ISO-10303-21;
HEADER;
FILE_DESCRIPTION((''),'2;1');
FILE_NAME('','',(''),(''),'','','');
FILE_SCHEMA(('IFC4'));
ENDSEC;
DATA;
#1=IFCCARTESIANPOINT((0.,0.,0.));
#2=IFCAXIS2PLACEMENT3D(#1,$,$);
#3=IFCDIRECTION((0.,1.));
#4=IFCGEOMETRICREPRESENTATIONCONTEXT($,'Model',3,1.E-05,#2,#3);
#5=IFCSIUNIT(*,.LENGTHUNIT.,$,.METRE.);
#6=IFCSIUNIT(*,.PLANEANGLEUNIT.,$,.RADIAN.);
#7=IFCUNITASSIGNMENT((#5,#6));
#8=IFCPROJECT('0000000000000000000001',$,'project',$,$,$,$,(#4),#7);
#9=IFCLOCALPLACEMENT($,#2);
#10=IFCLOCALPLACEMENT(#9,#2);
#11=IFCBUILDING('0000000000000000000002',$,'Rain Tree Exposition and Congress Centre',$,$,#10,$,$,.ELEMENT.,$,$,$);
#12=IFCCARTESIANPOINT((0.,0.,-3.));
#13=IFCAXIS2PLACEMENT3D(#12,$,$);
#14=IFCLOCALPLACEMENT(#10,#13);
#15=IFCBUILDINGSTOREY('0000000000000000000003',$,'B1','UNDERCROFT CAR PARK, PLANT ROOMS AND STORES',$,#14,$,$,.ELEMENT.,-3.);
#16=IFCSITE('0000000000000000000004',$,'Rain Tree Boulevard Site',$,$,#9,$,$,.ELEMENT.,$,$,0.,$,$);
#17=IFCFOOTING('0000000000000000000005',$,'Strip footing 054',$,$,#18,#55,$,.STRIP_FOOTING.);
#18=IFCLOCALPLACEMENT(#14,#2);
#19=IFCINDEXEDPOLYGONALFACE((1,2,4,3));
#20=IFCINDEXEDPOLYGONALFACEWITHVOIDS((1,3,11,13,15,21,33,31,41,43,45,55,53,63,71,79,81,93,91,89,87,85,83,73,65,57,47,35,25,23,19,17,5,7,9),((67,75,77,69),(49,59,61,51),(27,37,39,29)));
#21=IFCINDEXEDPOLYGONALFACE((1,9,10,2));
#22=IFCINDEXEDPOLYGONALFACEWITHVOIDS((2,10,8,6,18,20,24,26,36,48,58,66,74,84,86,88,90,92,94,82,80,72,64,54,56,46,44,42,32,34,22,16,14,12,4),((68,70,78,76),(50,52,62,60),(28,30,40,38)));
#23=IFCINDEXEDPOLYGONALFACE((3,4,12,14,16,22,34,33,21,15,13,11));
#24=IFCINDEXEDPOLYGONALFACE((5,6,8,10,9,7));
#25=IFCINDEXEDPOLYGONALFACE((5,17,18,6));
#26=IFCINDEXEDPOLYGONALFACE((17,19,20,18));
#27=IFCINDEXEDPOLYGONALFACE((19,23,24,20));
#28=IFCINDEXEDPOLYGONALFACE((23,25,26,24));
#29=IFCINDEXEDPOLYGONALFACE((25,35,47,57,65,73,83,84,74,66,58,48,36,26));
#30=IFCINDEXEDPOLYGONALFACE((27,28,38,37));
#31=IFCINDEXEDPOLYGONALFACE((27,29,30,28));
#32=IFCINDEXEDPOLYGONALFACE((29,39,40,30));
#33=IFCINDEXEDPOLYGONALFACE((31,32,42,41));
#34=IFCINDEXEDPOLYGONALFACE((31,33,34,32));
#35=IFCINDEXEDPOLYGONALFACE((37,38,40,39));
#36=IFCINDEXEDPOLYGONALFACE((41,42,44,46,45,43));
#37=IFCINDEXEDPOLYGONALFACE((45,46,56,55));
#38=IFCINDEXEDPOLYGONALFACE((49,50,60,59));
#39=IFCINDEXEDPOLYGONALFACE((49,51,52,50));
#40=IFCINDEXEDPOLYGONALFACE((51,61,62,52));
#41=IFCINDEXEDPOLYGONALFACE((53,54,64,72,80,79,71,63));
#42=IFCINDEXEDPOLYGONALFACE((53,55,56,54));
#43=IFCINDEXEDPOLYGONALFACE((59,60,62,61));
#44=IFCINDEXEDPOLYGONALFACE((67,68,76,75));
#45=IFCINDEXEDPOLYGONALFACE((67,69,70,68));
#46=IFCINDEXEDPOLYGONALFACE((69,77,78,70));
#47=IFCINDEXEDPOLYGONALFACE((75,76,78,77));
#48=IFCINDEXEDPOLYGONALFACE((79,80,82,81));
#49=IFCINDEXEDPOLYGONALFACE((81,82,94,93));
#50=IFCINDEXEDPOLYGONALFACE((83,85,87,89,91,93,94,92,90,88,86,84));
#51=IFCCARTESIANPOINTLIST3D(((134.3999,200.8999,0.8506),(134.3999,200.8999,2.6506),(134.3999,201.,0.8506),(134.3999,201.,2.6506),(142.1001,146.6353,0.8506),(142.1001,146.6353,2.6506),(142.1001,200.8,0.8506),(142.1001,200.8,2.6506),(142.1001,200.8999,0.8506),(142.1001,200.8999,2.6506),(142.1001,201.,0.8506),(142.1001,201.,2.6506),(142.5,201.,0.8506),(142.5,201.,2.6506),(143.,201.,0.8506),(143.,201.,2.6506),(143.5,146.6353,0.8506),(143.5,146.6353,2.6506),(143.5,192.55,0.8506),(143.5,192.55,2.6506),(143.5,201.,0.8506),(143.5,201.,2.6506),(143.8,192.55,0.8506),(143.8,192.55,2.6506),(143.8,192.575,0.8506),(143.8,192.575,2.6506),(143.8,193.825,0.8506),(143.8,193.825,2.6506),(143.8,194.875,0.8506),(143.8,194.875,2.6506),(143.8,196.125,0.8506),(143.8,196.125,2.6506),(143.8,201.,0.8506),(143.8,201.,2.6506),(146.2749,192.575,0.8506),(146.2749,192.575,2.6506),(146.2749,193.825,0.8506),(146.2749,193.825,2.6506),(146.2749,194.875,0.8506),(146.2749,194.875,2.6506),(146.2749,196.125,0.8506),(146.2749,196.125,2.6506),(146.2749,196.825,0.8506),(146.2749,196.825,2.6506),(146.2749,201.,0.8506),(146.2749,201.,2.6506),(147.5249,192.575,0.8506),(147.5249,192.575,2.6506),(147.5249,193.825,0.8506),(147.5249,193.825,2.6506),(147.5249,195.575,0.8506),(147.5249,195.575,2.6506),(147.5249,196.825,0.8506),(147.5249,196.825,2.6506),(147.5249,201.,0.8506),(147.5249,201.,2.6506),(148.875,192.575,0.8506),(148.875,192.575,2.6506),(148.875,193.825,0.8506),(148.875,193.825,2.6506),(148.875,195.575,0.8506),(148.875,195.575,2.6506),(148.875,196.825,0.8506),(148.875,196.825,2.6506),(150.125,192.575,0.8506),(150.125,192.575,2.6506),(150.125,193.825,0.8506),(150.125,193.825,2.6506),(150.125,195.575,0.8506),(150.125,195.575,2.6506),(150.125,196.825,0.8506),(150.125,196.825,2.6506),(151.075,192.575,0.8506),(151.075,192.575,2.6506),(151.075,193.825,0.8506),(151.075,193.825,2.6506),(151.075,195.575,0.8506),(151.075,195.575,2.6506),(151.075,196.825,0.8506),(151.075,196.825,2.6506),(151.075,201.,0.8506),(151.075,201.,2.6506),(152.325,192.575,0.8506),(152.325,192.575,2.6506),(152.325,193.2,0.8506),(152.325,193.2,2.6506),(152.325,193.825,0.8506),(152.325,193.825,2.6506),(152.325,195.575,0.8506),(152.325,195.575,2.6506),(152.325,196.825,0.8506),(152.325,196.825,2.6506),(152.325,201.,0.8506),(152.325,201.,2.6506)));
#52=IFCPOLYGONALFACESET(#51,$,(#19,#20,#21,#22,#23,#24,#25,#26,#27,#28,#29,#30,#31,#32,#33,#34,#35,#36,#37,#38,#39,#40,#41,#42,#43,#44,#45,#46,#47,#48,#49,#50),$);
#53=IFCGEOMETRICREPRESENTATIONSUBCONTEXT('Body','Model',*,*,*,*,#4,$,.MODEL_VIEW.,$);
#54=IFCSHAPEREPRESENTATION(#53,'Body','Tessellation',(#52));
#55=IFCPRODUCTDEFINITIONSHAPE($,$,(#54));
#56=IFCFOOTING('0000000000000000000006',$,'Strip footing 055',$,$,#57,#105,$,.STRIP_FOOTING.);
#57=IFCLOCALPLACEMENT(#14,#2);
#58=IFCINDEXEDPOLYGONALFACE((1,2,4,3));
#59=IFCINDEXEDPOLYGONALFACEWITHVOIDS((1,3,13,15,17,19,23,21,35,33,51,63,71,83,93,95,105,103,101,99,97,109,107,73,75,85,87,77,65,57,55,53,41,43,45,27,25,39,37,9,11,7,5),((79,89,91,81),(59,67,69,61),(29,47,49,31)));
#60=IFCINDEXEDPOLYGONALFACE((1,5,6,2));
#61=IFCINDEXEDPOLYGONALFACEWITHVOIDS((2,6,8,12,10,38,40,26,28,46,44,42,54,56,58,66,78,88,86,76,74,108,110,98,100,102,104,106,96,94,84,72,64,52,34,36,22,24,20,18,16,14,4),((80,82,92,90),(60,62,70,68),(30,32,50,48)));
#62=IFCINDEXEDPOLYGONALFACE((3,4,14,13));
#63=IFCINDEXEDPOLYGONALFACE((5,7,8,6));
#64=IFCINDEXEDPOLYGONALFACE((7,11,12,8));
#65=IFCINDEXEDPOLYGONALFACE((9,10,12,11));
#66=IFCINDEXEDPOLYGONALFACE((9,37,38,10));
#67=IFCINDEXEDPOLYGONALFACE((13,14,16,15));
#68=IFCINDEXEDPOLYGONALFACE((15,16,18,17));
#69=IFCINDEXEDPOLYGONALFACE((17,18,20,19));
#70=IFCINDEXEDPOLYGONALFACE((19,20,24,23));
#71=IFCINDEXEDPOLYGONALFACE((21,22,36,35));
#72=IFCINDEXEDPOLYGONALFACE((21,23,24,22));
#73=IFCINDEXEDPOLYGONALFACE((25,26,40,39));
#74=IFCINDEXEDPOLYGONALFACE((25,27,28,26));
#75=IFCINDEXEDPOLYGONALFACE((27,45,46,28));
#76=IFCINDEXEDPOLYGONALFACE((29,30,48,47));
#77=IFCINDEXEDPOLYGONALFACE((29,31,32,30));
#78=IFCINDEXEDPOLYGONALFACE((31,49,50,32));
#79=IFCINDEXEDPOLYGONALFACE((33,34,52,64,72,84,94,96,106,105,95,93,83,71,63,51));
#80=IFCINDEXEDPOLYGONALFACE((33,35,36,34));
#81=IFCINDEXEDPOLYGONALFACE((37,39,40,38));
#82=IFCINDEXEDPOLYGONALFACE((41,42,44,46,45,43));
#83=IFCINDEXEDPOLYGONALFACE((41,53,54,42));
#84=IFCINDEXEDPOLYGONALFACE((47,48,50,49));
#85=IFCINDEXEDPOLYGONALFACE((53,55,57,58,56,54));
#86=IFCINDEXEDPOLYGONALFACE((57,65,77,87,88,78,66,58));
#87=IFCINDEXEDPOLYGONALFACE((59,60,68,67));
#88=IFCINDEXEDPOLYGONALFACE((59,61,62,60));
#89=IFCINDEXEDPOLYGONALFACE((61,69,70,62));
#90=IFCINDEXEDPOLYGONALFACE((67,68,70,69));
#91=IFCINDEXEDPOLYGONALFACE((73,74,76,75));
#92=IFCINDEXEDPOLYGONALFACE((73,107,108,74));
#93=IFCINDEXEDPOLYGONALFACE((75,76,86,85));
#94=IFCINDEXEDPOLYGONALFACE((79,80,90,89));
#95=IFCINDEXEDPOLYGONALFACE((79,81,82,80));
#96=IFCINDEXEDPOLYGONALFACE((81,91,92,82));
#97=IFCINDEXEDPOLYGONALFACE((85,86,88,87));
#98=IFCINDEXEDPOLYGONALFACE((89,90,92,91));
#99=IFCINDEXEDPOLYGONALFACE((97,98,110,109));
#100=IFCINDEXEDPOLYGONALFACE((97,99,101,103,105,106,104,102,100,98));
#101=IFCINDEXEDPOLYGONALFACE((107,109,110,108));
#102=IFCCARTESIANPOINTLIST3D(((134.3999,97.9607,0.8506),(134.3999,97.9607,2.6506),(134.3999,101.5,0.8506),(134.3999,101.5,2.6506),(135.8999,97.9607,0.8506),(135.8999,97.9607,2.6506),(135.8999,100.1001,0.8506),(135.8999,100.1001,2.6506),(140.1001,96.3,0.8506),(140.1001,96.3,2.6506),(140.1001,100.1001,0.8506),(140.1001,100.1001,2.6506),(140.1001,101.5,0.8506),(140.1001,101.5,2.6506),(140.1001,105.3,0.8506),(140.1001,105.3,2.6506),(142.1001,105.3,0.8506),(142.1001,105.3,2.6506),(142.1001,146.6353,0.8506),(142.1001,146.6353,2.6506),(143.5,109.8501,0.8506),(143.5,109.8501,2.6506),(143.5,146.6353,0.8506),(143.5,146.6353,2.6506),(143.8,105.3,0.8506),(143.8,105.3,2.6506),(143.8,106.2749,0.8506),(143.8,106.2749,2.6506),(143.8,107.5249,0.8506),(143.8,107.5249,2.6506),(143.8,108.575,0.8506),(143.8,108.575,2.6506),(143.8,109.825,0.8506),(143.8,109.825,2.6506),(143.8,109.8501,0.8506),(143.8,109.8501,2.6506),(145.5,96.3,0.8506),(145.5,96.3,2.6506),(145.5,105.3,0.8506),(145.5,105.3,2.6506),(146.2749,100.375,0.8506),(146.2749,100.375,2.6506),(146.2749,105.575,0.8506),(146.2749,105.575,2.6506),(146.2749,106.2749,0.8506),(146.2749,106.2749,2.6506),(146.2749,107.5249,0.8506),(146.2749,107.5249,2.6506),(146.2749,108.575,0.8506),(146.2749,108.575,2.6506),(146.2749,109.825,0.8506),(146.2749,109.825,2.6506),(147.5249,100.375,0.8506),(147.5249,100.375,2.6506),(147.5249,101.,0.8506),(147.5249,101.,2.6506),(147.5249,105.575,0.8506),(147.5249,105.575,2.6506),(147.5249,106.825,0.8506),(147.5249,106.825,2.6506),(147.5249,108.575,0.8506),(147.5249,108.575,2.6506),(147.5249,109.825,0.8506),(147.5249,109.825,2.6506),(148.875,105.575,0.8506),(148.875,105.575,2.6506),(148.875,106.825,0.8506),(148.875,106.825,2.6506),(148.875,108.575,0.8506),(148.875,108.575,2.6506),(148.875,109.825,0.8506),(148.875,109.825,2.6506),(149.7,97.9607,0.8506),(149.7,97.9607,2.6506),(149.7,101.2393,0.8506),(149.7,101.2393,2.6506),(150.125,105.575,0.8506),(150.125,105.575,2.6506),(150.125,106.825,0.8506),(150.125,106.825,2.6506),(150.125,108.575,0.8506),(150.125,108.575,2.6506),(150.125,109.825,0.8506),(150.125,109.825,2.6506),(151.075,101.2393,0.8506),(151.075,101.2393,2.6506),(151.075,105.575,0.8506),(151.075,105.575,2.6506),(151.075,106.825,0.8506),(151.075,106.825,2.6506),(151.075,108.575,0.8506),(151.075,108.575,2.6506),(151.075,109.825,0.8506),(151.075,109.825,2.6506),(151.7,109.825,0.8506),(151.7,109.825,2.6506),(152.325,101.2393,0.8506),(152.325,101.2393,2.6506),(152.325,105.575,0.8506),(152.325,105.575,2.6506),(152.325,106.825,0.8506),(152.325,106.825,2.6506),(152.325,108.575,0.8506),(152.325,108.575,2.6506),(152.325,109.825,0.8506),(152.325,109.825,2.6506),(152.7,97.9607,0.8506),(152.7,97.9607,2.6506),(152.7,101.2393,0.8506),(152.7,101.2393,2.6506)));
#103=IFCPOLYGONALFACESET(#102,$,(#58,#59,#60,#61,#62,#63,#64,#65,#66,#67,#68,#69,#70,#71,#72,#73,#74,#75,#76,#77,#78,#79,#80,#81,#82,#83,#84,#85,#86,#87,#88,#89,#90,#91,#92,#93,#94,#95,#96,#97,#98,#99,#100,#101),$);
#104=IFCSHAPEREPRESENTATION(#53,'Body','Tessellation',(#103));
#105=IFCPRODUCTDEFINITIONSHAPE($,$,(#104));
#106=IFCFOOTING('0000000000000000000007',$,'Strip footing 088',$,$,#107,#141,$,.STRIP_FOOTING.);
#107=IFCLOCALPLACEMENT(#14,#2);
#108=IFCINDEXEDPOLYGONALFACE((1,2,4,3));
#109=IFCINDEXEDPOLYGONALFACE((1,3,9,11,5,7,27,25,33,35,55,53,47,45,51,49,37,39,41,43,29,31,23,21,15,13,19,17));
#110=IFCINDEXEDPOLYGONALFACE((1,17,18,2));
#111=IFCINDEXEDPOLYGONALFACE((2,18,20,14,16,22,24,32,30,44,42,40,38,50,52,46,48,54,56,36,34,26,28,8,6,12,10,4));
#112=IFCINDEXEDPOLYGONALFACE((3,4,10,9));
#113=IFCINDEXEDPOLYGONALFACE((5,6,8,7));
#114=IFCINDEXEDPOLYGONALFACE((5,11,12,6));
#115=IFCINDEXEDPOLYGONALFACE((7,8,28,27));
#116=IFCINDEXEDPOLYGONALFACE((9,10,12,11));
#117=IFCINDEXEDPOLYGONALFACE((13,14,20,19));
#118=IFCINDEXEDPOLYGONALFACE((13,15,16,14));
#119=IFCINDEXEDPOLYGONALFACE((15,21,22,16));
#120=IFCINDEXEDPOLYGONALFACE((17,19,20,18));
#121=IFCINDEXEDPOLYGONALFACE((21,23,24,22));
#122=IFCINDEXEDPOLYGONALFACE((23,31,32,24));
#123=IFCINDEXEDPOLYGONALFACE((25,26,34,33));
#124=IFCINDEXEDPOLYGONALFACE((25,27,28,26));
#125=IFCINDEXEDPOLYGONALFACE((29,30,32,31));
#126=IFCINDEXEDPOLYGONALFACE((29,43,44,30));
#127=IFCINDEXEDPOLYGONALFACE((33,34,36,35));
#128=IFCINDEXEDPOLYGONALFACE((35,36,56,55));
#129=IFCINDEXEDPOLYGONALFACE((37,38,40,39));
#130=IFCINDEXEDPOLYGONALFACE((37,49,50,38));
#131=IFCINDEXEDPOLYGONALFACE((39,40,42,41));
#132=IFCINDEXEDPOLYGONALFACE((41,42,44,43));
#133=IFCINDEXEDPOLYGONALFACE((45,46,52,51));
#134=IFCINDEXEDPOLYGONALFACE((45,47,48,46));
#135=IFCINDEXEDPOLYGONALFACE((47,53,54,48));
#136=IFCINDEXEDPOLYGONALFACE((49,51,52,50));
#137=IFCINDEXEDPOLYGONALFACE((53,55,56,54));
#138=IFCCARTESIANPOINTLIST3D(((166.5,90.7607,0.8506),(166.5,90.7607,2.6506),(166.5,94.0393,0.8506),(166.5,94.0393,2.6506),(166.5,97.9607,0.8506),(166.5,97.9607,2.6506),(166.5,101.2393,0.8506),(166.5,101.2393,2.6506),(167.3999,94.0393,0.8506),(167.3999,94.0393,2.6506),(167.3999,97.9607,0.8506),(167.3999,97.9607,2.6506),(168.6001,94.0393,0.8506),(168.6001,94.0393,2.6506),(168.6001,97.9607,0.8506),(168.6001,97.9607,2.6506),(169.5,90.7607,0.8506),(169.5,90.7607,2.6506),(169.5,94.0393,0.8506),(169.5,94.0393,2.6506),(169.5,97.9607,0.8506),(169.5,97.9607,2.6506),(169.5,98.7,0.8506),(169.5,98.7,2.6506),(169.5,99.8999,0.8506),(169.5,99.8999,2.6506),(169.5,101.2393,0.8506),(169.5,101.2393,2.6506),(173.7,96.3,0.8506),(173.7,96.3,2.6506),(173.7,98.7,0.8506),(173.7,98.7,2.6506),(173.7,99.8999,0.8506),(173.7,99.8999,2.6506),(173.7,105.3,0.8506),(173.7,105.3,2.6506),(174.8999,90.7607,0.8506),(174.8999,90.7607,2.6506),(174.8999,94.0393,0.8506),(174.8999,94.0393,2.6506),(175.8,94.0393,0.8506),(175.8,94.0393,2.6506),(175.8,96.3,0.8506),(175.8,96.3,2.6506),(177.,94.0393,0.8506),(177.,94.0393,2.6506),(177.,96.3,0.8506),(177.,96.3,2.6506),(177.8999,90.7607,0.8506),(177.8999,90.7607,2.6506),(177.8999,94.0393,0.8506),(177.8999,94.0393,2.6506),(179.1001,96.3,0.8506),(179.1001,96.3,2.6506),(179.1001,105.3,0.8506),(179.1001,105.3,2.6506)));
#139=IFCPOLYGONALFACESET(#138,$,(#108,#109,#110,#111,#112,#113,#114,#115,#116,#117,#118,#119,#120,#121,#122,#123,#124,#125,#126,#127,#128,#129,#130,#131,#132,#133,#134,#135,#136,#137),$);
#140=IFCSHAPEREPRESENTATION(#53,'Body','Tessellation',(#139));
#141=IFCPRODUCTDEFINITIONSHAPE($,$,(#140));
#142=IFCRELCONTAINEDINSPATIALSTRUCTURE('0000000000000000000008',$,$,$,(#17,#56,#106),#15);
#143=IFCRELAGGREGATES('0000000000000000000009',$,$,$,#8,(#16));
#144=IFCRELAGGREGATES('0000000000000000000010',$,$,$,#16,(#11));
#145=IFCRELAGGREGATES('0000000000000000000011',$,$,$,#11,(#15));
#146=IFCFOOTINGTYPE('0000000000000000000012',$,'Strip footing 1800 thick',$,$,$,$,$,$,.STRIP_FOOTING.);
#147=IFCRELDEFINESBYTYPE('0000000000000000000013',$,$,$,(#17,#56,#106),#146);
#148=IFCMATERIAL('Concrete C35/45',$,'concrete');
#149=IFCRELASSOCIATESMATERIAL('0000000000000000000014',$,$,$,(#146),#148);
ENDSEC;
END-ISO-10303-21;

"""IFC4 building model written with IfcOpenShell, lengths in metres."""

from ifc_helpers import new_model, si_unit, direction, frame, origin, place, context, subcontext, project, spatial, polyline, outline, extrude, material, type_object, element, save


model = new_model("IFC4")

# Units and contexts
model_context = context("Model", 3, precision=1e-05, world=origin(), true_north=direction((0.0, 1.0)))
body_context = subcontext(model_context, "Body", "Model", "MODEL_VIEW")
ifc_project = project(units=[si_unit("LENGTHUNIT", "METRE"), si_unit("PLANEANGLEUNIT", "RADIAN")], contexts=[model_context])

# Site, building, storey
site_placement = place(None, origin())
site = spatial("IfcSite", under=ifc_project, at=site_placement, Name="Rain Tree Boulevard Site", CompositionType="ELEMENT", RefElevation=0.0)
building_placement = place(site_placement, origin())
building = spatial("IfcBuilding", under=site, at=building_placement, Name="Rain Tree Exposition and Congress Centre", CompositionType="ELEMENT")
storey_placement = place(building_placement, frame((0.0, 0.0, -3.0)))
storey = spatial("IfcBuildingStorey", under=building, at=storey_placement, Name="B1", Description="UNDERCROFT CAR PARK, PLANT ROOMS AND STORES", CompositionType="ELEMENT", Elevation=-3.0)

# Footings
ifc_material_1 = material(Name="Concrete C35/45", Category="concrete")
footing_type_1 = type_object("IfcFootingType", Name="Strip footing 1800 thick", PredefinedType="STRIP_FOOTING", material=ifc_material_1)
footing_1_placement = place(storey_placement, frame((0.0, 0.0, 0.8506)))
element("IfcFooting", 1, at=footing_1_placement, inside=storey, type_object=footing_type_1, Name="Strip footing 054", PredefinedType="STRIP_FOOTING", context=body_context, shape_type="SweptSolid", body=[
    extrude(outline(polyline([(142.1001, 201.0), (134.3999, 201.0), (134.3999, 200.8999), (142.1001, 200.8999), (142.1001, 200.8), (142.1001, 146.6353), (143.5, 146.6353), (143.5, 192.55), (143.8, 192.55), (143.8, 192.575), (146.2749, 192.575), (147.5249, 192.575), (148.875, 192.575), (150.125, 192.575), (151.075, 192.575), (152.325, 192.575), (152.325, 193.2), (152.325, 193.825), (152.325, 195.575), (152.325, 196.825), (152.325, 201.0), (151.075, 201.0), (151.075, 196.825), (150.125, 196.825), (148.875, 196.825), (147.5249, 196.825), (147.5249, 201.0), (146.2749, 201.0), (146.2749, 196.825), (146.2749, 196.125), (143.8, 196.125), (143.8, 201.0), (143.5, 201.0), (143.0, 201.0), (142.5, 201.0), (142.1001, 201.0)]), holes=[polyline([(143.8, 193.825), (146.2749, 193.825), (146.2749, 194.875), (143.8, 194.875), (143.8, 193.825)]), polyline([(147.5249, 193.825), (148.875, 193.825), (148.875, 195.575), (147.5249, 195.575), (147.5249, 193.825)]), polyline([(150.125, 195.575), (150.125, 193.825), (151.075, 193.825), (151.075, 195.575), (150.125, 195.575)])]), origin(), (0.0, 0.0, 1.0), 1.8),
])
footing_2_placement = place(storey_placement, frame((0.0, 0.0, 0.8506)))
element("IfcFooting", 2, at=footing_2_placement, inside=storey, type_object=footing_type_1, Name="Strip footing 055", PredefinedType="STRIP_FOOTING", context=body_context, shape_type="SweptSolid", body=[
    extrude(outline(polyline([(143.5, 109.8501), (143.5, 146.6353), (142.1001, 146.6353), (142.1001, 105.3), (140.1001, 105.3), (140.1001, 101.5), (134.3999, 101.5), (134.3999, 97.9607), (135.8999, 97.9607), (135.8999, 100.1001), (140.1001, 100.1001), (140.1001, 96.3), (145.5, 96.3), (145.5, 105.3), (143.8, 105.3), (143.8, 106.2749), (146.2749, 106.2749), (146.2749, 105.575), (146.2749, 100.375), (147.5249, 100.375), (147.5249, 101.0), (147.5249, 105.575), (148.875, 105.575), (150.125, 105.575), (151.075, 105.575), (151.075, 101.2393), (149.7, 101.2393), (149.7, 97.9607), (152.7, 97.9607), (152.7, 101.2393), (152.325, 101.2393), (152.325, 105.575), (152.325, 106.825), (152.325, 108.575), (152.325, 109.825), (151.7, 109.825), (151.075, 109.825), (150.125, 109.825), (148.875, 109.825), (147.5249, 109.825), (146.2749, 109.825), (143.8, 109.825), (143.8, 109.8501), (143.5, 109.8501)]), holes=[polyline([(146.2749, 108.575), (143.8, 108.575), (143.8, 107.5249), (146.2749, 107.5249), (146.2749, 108.575)]), polyline([(148.875, 108.575), (147.5249, 108.575), (147.5249, 106.825), (148.875, 106.825), (148.875, 108.575)]), polyline([(150.125, 108.575), (150.125, 106.825), (151.075, 106.825), (151.075, 108.575), (150.125, 108.575)])]), origin(), (0.0, 0.0, 1.0), 1.8),
])
footing_3_placement = place(storey_placement, frame((0.0, 0.0, 0.8506)))
element("IfcFooting", 3, at=footing_3_placement, inside=storey, type_object=footing_type_1, Name="Strip footing 088", PredefinedType="STRIP_FOOTING", context=body_context, shape_type="SweptSolid", body=[
    extrude(outline(polyline([(167.3999, 94.0393), (166.5, 94.0393), (166.5, 90.7607), (169.5, 90.7607), (169.5, 94.0393), (168.6001, 94.0393), (168.6001, 97.9607), (169.5, 97.9607), (169.5, 98.7), (173.7, 98.7), (173.7, 96.3), (175.8, 96.3), (175.8, 94.0393), (174.8999, 94.0393), (174.8999, 90.7607), (177.8999, 90.7607), (177.8999, 94.0393), (177.0, 94.0393), (177.0, 96.3), (179.1001, 96.3), (179.1001, 105.3), (173.7, 105.3), (173.7, 99.8999), (169.5, 99.8999), (169.5, 101.2393), (166.5, 101.2393), (166.5, 97.9607), (167.3999, 97.9607), (167.3999, 94.0393)])), origin(), (0.0, 0.0, 1.0), 1.8),
])

save(model, "model.ifc")
